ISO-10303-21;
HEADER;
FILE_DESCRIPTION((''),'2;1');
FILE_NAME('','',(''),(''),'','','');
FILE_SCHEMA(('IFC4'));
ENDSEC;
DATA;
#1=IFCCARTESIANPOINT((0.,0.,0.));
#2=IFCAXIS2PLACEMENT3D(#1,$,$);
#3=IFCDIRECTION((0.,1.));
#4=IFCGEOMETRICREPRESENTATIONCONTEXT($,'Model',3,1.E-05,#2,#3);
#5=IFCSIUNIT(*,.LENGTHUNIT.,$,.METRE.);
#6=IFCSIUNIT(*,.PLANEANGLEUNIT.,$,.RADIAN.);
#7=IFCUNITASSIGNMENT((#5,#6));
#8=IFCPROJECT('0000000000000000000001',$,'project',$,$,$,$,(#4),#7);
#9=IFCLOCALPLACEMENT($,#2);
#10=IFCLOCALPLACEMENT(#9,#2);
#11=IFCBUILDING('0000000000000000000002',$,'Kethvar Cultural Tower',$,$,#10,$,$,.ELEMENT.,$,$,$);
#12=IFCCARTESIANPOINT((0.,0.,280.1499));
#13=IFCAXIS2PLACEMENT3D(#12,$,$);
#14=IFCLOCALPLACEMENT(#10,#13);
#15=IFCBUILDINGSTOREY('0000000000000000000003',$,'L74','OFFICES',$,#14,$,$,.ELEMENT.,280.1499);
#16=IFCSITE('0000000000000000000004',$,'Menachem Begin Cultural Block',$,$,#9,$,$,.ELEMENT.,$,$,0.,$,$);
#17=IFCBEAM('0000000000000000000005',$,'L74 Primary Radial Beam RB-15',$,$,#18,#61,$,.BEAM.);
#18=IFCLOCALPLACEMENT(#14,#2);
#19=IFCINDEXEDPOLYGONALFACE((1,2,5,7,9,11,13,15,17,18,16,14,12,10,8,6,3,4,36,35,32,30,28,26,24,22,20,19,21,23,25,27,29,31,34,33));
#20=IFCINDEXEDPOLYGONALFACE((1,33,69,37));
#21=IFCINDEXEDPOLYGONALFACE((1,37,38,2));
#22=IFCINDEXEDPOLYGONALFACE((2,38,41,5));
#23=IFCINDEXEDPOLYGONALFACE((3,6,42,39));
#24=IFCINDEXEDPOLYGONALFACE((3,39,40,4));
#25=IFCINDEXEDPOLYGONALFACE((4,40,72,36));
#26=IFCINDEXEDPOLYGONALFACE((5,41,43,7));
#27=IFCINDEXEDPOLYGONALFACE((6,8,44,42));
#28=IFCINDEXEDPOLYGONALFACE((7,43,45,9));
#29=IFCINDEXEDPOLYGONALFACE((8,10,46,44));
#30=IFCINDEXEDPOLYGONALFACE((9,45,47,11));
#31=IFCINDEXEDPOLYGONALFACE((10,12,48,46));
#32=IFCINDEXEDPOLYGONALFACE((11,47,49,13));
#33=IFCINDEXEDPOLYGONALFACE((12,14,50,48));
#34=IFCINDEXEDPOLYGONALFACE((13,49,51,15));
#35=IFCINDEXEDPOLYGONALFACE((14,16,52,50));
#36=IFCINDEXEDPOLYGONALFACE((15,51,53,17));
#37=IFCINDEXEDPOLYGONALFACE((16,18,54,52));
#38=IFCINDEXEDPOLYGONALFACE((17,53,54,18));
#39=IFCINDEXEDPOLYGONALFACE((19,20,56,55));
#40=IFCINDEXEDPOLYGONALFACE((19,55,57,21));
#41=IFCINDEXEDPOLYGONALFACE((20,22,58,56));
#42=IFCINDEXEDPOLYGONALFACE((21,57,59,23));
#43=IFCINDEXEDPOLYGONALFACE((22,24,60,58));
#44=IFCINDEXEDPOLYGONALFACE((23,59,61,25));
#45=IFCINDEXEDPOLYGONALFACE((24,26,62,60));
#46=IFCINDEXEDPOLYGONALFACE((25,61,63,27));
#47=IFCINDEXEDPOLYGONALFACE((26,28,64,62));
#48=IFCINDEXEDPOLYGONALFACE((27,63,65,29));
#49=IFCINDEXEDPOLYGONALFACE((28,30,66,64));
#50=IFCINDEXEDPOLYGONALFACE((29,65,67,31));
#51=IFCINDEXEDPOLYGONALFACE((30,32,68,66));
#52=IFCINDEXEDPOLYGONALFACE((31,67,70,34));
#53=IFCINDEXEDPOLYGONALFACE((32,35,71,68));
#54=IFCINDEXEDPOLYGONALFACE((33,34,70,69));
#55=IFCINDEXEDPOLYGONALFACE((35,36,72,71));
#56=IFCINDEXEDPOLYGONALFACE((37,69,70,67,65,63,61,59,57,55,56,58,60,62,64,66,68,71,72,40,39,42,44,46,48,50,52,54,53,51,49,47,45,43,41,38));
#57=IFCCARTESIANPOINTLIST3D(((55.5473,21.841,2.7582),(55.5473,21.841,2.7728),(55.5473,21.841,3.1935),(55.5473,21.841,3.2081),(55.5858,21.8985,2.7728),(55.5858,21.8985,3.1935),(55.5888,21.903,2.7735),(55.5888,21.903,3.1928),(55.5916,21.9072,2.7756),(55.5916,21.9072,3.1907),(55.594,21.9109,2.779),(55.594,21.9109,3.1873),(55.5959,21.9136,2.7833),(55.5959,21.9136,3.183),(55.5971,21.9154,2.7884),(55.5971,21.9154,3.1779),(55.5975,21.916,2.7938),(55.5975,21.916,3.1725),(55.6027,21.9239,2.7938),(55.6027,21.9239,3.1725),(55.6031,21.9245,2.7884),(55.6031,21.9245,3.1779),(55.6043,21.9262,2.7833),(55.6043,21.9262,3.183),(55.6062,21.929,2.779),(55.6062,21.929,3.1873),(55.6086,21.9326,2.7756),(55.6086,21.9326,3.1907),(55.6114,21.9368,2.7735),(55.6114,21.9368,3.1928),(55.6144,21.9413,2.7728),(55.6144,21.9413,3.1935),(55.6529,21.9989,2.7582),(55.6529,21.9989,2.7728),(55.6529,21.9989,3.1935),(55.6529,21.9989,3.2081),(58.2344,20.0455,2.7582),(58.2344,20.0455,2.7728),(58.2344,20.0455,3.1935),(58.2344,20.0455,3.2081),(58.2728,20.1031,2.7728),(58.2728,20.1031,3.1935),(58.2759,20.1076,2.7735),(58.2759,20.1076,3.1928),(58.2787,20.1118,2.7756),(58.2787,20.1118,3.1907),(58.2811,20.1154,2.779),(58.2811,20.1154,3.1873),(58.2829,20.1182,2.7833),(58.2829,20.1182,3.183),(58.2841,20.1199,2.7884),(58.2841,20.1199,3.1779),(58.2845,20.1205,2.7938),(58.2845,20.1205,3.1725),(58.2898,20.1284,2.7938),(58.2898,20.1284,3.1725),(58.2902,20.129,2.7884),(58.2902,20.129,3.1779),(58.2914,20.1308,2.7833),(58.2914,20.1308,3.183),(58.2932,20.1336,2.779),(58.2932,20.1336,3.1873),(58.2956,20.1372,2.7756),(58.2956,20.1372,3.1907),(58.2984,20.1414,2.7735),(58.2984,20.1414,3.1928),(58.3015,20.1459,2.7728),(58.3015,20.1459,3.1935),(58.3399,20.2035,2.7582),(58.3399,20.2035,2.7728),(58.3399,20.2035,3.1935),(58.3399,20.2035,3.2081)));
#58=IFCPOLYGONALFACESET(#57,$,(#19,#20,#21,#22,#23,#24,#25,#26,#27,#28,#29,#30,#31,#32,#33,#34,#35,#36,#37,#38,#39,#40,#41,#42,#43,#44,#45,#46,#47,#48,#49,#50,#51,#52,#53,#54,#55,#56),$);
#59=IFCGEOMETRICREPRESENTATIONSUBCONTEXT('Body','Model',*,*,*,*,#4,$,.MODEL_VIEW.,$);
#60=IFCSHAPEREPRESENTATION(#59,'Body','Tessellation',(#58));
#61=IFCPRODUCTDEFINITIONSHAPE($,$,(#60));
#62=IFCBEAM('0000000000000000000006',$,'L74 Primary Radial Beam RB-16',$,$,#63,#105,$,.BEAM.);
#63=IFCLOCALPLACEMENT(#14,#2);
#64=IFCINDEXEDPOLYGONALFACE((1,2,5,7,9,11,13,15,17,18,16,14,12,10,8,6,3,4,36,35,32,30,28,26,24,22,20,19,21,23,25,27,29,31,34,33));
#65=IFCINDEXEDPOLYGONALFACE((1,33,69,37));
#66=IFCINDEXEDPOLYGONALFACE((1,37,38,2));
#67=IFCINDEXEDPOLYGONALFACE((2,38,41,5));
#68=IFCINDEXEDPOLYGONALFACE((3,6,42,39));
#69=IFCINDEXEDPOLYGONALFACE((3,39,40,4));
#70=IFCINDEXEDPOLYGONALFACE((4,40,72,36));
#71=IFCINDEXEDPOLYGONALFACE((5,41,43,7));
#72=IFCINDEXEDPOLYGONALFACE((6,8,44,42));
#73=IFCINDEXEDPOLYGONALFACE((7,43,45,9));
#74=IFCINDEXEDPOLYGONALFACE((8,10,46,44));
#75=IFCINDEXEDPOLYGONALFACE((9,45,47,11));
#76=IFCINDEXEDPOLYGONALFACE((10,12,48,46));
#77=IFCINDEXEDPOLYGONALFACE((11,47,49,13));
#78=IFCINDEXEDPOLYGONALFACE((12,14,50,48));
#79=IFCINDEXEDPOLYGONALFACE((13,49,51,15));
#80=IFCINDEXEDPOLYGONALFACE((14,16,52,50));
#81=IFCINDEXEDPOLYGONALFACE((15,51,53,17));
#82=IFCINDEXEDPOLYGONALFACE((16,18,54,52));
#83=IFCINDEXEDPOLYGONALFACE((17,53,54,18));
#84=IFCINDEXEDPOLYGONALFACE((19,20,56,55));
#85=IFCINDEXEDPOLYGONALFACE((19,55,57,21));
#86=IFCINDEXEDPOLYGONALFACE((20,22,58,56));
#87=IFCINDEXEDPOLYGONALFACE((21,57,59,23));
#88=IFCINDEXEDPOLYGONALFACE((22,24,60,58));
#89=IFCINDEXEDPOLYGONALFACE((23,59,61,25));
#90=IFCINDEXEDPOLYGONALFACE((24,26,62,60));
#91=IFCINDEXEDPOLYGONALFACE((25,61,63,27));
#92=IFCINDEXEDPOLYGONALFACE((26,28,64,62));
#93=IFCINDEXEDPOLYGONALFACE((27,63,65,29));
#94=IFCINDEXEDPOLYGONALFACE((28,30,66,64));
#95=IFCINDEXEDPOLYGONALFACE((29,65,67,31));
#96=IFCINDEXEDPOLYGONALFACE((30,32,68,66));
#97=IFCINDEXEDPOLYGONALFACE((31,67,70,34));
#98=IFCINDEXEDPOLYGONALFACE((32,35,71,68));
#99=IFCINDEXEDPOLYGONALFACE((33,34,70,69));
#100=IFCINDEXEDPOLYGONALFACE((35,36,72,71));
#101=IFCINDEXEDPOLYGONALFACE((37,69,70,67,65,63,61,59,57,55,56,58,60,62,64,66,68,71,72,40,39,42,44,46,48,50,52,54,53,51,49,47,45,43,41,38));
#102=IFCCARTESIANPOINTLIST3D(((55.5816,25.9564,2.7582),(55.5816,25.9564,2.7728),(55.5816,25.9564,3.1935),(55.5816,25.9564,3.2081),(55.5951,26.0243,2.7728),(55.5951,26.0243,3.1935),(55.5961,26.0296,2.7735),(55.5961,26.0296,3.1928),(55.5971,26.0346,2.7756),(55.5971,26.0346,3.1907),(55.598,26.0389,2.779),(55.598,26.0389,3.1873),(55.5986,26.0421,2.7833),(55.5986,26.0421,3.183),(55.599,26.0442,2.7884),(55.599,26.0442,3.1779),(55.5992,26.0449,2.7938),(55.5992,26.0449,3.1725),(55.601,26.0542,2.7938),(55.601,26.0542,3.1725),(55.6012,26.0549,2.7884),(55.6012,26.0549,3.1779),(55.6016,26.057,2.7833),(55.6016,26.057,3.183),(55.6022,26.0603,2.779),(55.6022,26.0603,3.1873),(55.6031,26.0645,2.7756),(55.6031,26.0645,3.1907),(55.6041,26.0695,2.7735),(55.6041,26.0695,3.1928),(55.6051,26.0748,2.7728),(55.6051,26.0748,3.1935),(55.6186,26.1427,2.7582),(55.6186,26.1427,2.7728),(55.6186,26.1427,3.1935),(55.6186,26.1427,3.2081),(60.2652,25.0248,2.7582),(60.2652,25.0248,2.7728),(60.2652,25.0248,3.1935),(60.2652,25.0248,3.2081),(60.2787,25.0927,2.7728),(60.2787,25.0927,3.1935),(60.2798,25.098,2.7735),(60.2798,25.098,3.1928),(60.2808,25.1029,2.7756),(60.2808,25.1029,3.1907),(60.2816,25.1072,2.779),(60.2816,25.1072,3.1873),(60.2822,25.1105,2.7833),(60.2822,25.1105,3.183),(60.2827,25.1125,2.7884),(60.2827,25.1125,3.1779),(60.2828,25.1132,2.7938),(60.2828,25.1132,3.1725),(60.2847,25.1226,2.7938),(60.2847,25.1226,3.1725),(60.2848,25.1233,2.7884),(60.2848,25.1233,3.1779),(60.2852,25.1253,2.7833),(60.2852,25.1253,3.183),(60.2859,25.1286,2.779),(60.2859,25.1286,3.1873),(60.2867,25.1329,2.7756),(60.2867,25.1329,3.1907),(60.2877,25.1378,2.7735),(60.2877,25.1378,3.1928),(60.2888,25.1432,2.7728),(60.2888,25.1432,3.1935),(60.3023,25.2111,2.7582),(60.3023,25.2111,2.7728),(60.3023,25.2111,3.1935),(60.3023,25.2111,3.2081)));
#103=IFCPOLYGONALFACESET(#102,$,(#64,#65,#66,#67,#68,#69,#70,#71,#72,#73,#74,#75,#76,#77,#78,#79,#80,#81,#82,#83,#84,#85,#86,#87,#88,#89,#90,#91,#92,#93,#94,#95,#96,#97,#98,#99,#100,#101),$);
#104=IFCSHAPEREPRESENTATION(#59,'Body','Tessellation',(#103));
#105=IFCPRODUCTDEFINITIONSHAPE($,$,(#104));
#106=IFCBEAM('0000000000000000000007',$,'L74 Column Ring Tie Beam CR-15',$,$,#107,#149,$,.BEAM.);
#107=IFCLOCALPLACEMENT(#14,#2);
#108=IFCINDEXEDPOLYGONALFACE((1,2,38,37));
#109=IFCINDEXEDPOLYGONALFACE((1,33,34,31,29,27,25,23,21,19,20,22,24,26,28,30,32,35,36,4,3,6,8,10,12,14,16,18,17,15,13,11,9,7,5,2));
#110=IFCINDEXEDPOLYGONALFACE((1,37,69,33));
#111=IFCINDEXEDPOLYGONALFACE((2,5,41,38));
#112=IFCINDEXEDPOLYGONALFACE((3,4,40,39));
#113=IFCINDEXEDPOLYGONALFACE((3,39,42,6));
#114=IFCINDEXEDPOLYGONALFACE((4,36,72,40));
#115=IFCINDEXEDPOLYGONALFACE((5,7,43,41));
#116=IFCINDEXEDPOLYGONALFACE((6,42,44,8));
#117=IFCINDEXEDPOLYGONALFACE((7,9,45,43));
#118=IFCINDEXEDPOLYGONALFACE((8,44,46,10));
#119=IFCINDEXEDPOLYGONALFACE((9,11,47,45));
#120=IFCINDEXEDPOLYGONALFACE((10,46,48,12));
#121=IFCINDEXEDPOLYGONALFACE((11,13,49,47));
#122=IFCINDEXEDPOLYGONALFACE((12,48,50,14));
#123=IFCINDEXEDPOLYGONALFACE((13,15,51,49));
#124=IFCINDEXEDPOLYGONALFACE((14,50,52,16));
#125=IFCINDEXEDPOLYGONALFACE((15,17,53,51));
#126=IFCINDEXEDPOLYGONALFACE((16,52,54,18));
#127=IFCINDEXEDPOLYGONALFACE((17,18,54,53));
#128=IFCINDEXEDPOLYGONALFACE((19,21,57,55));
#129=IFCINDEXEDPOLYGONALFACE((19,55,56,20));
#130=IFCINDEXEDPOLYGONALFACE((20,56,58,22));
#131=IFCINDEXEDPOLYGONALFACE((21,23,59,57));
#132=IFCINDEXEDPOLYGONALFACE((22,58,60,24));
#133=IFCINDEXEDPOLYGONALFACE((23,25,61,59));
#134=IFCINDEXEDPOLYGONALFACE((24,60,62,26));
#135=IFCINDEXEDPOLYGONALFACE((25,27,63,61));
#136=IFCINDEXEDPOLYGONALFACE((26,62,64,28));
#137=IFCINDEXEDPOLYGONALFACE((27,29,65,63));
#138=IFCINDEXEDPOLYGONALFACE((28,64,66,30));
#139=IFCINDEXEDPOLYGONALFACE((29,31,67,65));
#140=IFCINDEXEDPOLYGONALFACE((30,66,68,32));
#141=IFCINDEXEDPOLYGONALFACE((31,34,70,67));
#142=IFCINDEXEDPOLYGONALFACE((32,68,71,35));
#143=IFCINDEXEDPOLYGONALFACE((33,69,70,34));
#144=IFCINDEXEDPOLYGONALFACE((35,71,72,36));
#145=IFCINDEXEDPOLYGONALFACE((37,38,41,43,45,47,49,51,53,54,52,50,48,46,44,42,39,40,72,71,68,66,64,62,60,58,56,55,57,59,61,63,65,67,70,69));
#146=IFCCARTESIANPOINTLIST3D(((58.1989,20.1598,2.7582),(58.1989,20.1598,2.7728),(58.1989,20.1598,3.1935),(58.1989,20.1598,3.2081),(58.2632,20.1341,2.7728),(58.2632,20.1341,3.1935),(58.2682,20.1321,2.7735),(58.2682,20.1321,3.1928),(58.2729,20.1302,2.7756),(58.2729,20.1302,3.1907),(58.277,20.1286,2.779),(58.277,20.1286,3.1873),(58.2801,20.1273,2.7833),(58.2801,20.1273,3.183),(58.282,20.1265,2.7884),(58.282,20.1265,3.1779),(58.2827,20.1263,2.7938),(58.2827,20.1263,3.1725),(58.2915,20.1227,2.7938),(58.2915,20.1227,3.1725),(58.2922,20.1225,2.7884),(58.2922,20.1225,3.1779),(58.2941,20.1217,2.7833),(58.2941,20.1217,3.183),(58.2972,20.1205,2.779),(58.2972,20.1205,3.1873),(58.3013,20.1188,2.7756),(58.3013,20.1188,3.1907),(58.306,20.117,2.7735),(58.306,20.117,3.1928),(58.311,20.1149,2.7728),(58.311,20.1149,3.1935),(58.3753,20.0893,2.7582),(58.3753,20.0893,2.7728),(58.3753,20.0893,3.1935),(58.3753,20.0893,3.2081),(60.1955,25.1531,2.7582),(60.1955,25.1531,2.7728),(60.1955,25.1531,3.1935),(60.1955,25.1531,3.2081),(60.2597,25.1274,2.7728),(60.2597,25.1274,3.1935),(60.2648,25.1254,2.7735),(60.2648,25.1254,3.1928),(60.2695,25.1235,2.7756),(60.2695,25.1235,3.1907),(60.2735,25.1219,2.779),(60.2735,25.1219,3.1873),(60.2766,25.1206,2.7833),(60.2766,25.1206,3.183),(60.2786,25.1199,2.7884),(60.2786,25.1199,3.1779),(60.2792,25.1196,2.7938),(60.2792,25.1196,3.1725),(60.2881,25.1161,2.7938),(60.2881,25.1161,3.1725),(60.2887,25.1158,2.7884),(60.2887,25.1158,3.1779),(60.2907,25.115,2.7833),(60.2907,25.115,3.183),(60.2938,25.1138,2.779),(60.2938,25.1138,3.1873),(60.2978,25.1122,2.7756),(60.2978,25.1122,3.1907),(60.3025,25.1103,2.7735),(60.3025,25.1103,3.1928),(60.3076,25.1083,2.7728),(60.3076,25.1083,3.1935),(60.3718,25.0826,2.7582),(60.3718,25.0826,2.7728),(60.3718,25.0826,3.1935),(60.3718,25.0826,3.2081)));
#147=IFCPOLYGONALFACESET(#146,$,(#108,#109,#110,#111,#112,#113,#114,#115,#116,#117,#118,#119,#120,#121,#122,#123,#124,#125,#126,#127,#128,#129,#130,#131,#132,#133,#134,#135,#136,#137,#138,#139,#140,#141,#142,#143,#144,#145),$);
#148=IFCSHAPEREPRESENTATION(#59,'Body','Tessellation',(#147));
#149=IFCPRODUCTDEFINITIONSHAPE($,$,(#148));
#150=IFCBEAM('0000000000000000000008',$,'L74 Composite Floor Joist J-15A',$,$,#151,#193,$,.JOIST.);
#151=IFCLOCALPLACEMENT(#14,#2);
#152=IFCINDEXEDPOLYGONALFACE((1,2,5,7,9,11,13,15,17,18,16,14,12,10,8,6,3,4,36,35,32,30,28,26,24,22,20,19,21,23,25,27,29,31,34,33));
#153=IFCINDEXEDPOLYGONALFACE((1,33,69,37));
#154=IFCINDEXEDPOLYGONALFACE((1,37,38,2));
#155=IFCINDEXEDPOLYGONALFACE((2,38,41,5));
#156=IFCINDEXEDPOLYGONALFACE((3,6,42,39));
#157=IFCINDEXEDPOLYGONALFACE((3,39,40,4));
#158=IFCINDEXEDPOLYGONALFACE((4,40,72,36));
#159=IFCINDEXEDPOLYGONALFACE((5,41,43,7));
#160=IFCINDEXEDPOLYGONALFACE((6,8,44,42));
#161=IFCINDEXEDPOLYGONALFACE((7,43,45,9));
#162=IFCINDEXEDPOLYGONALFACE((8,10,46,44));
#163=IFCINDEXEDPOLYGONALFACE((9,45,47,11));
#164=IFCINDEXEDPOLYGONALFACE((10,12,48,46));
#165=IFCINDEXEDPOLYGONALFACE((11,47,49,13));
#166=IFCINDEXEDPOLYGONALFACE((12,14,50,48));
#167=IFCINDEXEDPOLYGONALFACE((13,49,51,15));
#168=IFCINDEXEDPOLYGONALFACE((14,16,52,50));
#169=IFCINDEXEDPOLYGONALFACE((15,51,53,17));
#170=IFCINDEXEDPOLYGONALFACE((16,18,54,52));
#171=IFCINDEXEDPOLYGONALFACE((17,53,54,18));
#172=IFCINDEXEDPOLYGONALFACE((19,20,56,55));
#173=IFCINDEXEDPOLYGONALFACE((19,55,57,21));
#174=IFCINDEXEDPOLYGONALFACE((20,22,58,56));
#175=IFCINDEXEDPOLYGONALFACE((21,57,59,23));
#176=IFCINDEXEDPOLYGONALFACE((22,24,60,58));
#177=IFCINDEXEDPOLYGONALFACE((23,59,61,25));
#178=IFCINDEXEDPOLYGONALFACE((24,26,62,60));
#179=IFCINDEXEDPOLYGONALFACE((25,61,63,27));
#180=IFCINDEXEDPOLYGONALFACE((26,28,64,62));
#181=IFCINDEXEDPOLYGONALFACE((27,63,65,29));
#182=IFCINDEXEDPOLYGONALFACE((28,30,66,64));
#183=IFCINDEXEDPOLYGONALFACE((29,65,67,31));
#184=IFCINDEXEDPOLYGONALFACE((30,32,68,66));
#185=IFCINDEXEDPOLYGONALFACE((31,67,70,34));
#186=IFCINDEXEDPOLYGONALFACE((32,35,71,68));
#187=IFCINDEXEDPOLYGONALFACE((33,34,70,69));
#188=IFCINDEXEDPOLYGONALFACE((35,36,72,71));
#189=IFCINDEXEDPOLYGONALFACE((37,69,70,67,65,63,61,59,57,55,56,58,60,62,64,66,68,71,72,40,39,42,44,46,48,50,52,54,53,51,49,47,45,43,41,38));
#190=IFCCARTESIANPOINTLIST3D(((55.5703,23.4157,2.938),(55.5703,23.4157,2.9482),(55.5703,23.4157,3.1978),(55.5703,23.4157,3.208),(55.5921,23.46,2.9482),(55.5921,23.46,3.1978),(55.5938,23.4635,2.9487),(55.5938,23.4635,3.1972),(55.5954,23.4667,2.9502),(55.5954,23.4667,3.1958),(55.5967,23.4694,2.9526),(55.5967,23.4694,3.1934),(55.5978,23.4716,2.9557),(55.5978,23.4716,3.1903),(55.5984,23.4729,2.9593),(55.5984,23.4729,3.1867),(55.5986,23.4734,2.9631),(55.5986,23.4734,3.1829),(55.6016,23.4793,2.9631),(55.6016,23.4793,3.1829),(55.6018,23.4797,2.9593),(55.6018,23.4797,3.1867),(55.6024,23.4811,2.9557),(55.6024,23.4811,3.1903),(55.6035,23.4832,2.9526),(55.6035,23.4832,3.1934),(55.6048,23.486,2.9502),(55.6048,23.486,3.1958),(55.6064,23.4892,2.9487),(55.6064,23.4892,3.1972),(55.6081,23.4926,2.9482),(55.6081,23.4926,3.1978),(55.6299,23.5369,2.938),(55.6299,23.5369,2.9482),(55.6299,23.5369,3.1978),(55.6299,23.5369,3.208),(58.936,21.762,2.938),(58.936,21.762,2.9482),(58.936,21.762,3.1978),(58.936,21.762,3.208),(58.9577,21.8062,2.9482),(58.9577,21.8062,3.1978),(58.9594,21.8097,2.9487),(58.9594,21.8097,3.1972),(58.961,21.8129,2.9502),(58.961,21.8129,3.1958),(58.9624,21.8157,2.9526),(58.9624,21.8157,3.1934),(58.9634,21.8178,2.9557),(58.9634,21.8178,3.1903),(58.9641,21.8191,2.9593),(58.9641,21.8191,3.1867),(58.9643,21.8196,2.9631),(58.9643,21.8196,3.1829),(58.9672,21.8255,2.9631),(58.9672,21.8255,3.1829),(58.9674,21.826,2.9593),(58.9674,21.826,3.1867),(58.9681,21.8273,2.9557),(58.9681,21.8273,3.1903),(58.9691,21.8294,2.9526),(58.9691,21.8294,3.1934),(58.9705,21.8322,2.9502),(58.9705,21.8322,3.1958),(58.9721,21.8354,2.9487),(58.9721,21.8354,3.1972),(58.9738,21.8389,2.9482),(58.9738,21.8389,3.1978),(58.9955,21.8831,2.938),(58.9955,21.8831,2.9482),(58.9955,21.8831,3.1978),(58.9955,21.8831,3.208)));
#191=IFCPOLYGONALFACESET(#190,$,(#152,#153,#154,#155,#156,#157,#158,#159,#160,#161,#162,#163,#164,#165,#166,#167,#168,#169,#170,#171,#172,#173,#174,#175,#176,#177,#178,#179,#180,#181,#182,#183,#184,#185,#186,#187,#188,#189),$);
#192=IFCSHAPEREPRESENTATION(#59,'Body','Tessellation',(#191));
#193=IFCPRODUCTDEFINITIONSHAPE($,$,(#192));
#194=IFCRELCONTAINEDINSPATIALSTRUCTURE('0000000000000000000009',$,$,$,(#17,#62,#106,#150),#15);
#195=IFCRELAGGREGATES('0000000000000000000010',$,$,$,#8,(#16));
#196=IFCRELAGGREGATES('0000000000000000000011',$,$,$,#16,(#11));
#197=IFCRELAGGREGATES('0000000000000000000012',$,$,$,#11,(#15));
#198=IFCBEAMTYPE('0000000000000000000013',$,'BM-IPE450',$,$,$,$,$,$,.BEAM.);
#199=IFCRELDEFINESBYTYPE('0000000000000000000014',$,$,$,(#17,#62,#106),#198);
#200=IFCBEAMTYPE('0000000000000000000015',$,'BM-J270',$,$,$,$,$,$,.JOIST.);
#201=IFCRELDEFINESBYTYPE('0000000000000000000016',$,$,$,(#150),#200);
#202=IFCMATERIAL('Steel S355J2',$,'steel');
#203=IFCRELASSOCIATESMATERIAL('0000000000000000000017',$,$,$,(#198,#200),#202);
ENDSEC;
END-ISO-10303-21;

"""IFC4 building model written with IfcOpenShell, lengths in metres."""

from ifc_helpers import new_model, si_unit, direction, frame, origin, origin_2d, place, context, subcontext, project, spatial, i_section, extrude, source, transform, mapped, material, material_profile, profile_set, type_object, element, save


model = new_model("IFC4")

# Units and contexts
model_context = context("Model", 3, precision=1e-05, world=origin(), true_north=direction((0.0, 1.0)))
body_context = subcontext(model_context, "Body", "Model", "MODEL_VIEW")
ifc_project = project(units=[si_unit("LENGTHUNIT", "METRE"), si_unit("PLANEANGLEUNIT", "RADIAN")], contexts=[model_context])

# Site, building, storey
site_placement = place(None, origin())
site = spatial("IfcSite", under=ifc_project, at=site_placement, Name="Menachem Begin Cultural Block", CompositionType="ELEMENT", RefElevation=0.0)
building_placement = place(site_placement, origin())
building = spatial("IfcBuilding", under=site, at=building_placement, Name="Kethvar Cultural Tower", CompositionType="ELEMENT")
storey_placement = place(building_placement, frame((0.0, 0.0, 280.1499)))
storey = spatial("IfcBuildingStorey", under=building, at=storey_placement, Name="L74", Description="OFFICES", CompositionType="ELEMENT", Elevation=280.1499)

# Shared definitions
ifc_material_1 = material(Name="Steel S355J2", Category="steel")

# Beams
ifc_material_profile_1 = material_profile(ifc_material_1, i_section(OverallWidth=0.1899, OverallDepth=0.45, WebThickness=0.0095, FlangeThickness=0.0146, FilletRadius=0.021, at=origin_2d()), Name="Steel S355J2 — IPE450")
ifc_profile_set_1 = profile_set([ifc_material_profile_1], Name="Steel S355J2 — IPE450")
beam_type_1 = type_object("IfcBeamType", Name="BM-IPE450", PredefinedType="BEAM", material=ifc_profile_set_1)
shared_shape_1 = source(origin(), body_context, "Body", "SweptSolid", [
    extrude(i_section(OverallWidth=0.1899, OverallDepth=0.45, WebThickness=0.0095, FlangeThickness=0.0146, FilletRadius=0.021, at=origin_2d()), origin(), (0.0, 0.0, 1.0), 3.2317),
])
beam_1_placement = place(storey_placement, frame((55.6001, 21.9199, 2.9832), z_axis=(0.831469, -0.555572, 0.0), x_axis=(0.555572, 0.831469, 0.0)))
element("IfcBeam", 1, at=beam_1_placement, inside=storey, type_object=beam_type_1, Name="L74 Primary Radial Beam RB-15", PredefinedType="BEAM", context=body_context, shape_type="MappedRepresentation", body=[
    mapped(shared_shape_1, transform((0.0, 0.0, 0.0), scale=1.0)),
])
shared_shape_2 = source(origin(), body_context, "Body", "SweptSolid", [
    extrude(i_section(OverallWidth=0.1899, OverallDepth=0.45, WebThickness=0.0095, FlangeThickness=0.0146, FilletRadius=0.021, at=origin_2d()), origin(), (0.0, 0.0, 1.0), 4.7754),
])
beam_2_placement = place(storey_placement, frame((55.6001, 26.0496, 2.9832), z_axis=(0.980785, -0.195094, 0.0), x_axis=(0.195094, 0.980785, 0.0)))
element("IfcBeam", 2, at=beam_2_placement, inside=storey, type_object=beam_type_1, Name="L74 Primary Radial Beam RB-16", PredefinedType="BEAM", context=body_context, shape_type="MappedRepresentation", body=[
    mapped(shared_shape_2, transform((0.0, 0.0, 0.0), scale=1.0)),
])
shared_shape_3 = source(origin(), body_context, "Body", "SweptSolid", [
    extrude(i_section(OverallWidth=0.1899, OverallDepth=0.45, WebThickness=0.0095, FlangeThickness=0.0146, FilletRadius=0.021, at=origin_2d()), origin(), (0.0, 0.0, 1.0), 5.3777),
])
beam_3_placement = place(storey_placement, frame((58.2871, 20.1245, 2.9832), z_axis=(0.371265, 0.928527, 0.0), x_axis=(-0.928527, 0.371265, 0.0)))
element("IfcBeam", 3, at=beam_3_placement, inside=storey, type_object=beam_type_1, Name="L74 Column Ring Tie Beam CR-15", PredefinedType="BEAM", context=body_context, shape_type="MappedRepresentation", body=[
    mapped(shared_shape_3, transform((0.0, 0.0, 0.0), scale=1.0)),
])
ifc_material_profile_2 = material_profile(ifc_material_1, i_section(OverallWidth=0.135, OverallDepth=0.27, WebThickness=0.0066, FlangeThickness=0.0103, FilletRadius=0.0149, at=origin_2d()), Name="Steel S355J2 — IPE270")
ifc_profile_set_2 = profile_set([ifc_material_profile_2], Name="Steel S355J2 — IPE270")
beam_type_2 = type_object("IfcBeamType", Name="BM-J270", PredefinedType="JOIST", material=ifc_profile_set_2)
shared_shape_4 = source(origin(), body_context, "Body", "SweptSolid", [
    extrude(i_section(OverallWidth=0.135, OverallDepth=0.27, WebThickness=0.0066, FlangeThickness=0.0103, FilletRadius=0.0149, at=origin_2d()), origin(), (0.0, 0.0, 1.0), 3.75),
])
beam_4_placement = place(storey_placement, frame((55.6001, 23.4763, 3.073), z_axis=(0.897505, -0.441005, 0.0), x_axis=(0.441005, 0.897505, 0.0)))
element("IfcBeam", 4, at=beam_4_placement, inside=storey, type_object=beam_type_2, Name="L74 Composite Floor Joist J-15A", PredefinedType="JOIST", context=body_context, shape_type="MappedRepresentation", body=[
    mapped(shared_shape_4, transform((0.0, 0.0, 0.0), scale=1.0)),
])

save(model, "model.ifc")
